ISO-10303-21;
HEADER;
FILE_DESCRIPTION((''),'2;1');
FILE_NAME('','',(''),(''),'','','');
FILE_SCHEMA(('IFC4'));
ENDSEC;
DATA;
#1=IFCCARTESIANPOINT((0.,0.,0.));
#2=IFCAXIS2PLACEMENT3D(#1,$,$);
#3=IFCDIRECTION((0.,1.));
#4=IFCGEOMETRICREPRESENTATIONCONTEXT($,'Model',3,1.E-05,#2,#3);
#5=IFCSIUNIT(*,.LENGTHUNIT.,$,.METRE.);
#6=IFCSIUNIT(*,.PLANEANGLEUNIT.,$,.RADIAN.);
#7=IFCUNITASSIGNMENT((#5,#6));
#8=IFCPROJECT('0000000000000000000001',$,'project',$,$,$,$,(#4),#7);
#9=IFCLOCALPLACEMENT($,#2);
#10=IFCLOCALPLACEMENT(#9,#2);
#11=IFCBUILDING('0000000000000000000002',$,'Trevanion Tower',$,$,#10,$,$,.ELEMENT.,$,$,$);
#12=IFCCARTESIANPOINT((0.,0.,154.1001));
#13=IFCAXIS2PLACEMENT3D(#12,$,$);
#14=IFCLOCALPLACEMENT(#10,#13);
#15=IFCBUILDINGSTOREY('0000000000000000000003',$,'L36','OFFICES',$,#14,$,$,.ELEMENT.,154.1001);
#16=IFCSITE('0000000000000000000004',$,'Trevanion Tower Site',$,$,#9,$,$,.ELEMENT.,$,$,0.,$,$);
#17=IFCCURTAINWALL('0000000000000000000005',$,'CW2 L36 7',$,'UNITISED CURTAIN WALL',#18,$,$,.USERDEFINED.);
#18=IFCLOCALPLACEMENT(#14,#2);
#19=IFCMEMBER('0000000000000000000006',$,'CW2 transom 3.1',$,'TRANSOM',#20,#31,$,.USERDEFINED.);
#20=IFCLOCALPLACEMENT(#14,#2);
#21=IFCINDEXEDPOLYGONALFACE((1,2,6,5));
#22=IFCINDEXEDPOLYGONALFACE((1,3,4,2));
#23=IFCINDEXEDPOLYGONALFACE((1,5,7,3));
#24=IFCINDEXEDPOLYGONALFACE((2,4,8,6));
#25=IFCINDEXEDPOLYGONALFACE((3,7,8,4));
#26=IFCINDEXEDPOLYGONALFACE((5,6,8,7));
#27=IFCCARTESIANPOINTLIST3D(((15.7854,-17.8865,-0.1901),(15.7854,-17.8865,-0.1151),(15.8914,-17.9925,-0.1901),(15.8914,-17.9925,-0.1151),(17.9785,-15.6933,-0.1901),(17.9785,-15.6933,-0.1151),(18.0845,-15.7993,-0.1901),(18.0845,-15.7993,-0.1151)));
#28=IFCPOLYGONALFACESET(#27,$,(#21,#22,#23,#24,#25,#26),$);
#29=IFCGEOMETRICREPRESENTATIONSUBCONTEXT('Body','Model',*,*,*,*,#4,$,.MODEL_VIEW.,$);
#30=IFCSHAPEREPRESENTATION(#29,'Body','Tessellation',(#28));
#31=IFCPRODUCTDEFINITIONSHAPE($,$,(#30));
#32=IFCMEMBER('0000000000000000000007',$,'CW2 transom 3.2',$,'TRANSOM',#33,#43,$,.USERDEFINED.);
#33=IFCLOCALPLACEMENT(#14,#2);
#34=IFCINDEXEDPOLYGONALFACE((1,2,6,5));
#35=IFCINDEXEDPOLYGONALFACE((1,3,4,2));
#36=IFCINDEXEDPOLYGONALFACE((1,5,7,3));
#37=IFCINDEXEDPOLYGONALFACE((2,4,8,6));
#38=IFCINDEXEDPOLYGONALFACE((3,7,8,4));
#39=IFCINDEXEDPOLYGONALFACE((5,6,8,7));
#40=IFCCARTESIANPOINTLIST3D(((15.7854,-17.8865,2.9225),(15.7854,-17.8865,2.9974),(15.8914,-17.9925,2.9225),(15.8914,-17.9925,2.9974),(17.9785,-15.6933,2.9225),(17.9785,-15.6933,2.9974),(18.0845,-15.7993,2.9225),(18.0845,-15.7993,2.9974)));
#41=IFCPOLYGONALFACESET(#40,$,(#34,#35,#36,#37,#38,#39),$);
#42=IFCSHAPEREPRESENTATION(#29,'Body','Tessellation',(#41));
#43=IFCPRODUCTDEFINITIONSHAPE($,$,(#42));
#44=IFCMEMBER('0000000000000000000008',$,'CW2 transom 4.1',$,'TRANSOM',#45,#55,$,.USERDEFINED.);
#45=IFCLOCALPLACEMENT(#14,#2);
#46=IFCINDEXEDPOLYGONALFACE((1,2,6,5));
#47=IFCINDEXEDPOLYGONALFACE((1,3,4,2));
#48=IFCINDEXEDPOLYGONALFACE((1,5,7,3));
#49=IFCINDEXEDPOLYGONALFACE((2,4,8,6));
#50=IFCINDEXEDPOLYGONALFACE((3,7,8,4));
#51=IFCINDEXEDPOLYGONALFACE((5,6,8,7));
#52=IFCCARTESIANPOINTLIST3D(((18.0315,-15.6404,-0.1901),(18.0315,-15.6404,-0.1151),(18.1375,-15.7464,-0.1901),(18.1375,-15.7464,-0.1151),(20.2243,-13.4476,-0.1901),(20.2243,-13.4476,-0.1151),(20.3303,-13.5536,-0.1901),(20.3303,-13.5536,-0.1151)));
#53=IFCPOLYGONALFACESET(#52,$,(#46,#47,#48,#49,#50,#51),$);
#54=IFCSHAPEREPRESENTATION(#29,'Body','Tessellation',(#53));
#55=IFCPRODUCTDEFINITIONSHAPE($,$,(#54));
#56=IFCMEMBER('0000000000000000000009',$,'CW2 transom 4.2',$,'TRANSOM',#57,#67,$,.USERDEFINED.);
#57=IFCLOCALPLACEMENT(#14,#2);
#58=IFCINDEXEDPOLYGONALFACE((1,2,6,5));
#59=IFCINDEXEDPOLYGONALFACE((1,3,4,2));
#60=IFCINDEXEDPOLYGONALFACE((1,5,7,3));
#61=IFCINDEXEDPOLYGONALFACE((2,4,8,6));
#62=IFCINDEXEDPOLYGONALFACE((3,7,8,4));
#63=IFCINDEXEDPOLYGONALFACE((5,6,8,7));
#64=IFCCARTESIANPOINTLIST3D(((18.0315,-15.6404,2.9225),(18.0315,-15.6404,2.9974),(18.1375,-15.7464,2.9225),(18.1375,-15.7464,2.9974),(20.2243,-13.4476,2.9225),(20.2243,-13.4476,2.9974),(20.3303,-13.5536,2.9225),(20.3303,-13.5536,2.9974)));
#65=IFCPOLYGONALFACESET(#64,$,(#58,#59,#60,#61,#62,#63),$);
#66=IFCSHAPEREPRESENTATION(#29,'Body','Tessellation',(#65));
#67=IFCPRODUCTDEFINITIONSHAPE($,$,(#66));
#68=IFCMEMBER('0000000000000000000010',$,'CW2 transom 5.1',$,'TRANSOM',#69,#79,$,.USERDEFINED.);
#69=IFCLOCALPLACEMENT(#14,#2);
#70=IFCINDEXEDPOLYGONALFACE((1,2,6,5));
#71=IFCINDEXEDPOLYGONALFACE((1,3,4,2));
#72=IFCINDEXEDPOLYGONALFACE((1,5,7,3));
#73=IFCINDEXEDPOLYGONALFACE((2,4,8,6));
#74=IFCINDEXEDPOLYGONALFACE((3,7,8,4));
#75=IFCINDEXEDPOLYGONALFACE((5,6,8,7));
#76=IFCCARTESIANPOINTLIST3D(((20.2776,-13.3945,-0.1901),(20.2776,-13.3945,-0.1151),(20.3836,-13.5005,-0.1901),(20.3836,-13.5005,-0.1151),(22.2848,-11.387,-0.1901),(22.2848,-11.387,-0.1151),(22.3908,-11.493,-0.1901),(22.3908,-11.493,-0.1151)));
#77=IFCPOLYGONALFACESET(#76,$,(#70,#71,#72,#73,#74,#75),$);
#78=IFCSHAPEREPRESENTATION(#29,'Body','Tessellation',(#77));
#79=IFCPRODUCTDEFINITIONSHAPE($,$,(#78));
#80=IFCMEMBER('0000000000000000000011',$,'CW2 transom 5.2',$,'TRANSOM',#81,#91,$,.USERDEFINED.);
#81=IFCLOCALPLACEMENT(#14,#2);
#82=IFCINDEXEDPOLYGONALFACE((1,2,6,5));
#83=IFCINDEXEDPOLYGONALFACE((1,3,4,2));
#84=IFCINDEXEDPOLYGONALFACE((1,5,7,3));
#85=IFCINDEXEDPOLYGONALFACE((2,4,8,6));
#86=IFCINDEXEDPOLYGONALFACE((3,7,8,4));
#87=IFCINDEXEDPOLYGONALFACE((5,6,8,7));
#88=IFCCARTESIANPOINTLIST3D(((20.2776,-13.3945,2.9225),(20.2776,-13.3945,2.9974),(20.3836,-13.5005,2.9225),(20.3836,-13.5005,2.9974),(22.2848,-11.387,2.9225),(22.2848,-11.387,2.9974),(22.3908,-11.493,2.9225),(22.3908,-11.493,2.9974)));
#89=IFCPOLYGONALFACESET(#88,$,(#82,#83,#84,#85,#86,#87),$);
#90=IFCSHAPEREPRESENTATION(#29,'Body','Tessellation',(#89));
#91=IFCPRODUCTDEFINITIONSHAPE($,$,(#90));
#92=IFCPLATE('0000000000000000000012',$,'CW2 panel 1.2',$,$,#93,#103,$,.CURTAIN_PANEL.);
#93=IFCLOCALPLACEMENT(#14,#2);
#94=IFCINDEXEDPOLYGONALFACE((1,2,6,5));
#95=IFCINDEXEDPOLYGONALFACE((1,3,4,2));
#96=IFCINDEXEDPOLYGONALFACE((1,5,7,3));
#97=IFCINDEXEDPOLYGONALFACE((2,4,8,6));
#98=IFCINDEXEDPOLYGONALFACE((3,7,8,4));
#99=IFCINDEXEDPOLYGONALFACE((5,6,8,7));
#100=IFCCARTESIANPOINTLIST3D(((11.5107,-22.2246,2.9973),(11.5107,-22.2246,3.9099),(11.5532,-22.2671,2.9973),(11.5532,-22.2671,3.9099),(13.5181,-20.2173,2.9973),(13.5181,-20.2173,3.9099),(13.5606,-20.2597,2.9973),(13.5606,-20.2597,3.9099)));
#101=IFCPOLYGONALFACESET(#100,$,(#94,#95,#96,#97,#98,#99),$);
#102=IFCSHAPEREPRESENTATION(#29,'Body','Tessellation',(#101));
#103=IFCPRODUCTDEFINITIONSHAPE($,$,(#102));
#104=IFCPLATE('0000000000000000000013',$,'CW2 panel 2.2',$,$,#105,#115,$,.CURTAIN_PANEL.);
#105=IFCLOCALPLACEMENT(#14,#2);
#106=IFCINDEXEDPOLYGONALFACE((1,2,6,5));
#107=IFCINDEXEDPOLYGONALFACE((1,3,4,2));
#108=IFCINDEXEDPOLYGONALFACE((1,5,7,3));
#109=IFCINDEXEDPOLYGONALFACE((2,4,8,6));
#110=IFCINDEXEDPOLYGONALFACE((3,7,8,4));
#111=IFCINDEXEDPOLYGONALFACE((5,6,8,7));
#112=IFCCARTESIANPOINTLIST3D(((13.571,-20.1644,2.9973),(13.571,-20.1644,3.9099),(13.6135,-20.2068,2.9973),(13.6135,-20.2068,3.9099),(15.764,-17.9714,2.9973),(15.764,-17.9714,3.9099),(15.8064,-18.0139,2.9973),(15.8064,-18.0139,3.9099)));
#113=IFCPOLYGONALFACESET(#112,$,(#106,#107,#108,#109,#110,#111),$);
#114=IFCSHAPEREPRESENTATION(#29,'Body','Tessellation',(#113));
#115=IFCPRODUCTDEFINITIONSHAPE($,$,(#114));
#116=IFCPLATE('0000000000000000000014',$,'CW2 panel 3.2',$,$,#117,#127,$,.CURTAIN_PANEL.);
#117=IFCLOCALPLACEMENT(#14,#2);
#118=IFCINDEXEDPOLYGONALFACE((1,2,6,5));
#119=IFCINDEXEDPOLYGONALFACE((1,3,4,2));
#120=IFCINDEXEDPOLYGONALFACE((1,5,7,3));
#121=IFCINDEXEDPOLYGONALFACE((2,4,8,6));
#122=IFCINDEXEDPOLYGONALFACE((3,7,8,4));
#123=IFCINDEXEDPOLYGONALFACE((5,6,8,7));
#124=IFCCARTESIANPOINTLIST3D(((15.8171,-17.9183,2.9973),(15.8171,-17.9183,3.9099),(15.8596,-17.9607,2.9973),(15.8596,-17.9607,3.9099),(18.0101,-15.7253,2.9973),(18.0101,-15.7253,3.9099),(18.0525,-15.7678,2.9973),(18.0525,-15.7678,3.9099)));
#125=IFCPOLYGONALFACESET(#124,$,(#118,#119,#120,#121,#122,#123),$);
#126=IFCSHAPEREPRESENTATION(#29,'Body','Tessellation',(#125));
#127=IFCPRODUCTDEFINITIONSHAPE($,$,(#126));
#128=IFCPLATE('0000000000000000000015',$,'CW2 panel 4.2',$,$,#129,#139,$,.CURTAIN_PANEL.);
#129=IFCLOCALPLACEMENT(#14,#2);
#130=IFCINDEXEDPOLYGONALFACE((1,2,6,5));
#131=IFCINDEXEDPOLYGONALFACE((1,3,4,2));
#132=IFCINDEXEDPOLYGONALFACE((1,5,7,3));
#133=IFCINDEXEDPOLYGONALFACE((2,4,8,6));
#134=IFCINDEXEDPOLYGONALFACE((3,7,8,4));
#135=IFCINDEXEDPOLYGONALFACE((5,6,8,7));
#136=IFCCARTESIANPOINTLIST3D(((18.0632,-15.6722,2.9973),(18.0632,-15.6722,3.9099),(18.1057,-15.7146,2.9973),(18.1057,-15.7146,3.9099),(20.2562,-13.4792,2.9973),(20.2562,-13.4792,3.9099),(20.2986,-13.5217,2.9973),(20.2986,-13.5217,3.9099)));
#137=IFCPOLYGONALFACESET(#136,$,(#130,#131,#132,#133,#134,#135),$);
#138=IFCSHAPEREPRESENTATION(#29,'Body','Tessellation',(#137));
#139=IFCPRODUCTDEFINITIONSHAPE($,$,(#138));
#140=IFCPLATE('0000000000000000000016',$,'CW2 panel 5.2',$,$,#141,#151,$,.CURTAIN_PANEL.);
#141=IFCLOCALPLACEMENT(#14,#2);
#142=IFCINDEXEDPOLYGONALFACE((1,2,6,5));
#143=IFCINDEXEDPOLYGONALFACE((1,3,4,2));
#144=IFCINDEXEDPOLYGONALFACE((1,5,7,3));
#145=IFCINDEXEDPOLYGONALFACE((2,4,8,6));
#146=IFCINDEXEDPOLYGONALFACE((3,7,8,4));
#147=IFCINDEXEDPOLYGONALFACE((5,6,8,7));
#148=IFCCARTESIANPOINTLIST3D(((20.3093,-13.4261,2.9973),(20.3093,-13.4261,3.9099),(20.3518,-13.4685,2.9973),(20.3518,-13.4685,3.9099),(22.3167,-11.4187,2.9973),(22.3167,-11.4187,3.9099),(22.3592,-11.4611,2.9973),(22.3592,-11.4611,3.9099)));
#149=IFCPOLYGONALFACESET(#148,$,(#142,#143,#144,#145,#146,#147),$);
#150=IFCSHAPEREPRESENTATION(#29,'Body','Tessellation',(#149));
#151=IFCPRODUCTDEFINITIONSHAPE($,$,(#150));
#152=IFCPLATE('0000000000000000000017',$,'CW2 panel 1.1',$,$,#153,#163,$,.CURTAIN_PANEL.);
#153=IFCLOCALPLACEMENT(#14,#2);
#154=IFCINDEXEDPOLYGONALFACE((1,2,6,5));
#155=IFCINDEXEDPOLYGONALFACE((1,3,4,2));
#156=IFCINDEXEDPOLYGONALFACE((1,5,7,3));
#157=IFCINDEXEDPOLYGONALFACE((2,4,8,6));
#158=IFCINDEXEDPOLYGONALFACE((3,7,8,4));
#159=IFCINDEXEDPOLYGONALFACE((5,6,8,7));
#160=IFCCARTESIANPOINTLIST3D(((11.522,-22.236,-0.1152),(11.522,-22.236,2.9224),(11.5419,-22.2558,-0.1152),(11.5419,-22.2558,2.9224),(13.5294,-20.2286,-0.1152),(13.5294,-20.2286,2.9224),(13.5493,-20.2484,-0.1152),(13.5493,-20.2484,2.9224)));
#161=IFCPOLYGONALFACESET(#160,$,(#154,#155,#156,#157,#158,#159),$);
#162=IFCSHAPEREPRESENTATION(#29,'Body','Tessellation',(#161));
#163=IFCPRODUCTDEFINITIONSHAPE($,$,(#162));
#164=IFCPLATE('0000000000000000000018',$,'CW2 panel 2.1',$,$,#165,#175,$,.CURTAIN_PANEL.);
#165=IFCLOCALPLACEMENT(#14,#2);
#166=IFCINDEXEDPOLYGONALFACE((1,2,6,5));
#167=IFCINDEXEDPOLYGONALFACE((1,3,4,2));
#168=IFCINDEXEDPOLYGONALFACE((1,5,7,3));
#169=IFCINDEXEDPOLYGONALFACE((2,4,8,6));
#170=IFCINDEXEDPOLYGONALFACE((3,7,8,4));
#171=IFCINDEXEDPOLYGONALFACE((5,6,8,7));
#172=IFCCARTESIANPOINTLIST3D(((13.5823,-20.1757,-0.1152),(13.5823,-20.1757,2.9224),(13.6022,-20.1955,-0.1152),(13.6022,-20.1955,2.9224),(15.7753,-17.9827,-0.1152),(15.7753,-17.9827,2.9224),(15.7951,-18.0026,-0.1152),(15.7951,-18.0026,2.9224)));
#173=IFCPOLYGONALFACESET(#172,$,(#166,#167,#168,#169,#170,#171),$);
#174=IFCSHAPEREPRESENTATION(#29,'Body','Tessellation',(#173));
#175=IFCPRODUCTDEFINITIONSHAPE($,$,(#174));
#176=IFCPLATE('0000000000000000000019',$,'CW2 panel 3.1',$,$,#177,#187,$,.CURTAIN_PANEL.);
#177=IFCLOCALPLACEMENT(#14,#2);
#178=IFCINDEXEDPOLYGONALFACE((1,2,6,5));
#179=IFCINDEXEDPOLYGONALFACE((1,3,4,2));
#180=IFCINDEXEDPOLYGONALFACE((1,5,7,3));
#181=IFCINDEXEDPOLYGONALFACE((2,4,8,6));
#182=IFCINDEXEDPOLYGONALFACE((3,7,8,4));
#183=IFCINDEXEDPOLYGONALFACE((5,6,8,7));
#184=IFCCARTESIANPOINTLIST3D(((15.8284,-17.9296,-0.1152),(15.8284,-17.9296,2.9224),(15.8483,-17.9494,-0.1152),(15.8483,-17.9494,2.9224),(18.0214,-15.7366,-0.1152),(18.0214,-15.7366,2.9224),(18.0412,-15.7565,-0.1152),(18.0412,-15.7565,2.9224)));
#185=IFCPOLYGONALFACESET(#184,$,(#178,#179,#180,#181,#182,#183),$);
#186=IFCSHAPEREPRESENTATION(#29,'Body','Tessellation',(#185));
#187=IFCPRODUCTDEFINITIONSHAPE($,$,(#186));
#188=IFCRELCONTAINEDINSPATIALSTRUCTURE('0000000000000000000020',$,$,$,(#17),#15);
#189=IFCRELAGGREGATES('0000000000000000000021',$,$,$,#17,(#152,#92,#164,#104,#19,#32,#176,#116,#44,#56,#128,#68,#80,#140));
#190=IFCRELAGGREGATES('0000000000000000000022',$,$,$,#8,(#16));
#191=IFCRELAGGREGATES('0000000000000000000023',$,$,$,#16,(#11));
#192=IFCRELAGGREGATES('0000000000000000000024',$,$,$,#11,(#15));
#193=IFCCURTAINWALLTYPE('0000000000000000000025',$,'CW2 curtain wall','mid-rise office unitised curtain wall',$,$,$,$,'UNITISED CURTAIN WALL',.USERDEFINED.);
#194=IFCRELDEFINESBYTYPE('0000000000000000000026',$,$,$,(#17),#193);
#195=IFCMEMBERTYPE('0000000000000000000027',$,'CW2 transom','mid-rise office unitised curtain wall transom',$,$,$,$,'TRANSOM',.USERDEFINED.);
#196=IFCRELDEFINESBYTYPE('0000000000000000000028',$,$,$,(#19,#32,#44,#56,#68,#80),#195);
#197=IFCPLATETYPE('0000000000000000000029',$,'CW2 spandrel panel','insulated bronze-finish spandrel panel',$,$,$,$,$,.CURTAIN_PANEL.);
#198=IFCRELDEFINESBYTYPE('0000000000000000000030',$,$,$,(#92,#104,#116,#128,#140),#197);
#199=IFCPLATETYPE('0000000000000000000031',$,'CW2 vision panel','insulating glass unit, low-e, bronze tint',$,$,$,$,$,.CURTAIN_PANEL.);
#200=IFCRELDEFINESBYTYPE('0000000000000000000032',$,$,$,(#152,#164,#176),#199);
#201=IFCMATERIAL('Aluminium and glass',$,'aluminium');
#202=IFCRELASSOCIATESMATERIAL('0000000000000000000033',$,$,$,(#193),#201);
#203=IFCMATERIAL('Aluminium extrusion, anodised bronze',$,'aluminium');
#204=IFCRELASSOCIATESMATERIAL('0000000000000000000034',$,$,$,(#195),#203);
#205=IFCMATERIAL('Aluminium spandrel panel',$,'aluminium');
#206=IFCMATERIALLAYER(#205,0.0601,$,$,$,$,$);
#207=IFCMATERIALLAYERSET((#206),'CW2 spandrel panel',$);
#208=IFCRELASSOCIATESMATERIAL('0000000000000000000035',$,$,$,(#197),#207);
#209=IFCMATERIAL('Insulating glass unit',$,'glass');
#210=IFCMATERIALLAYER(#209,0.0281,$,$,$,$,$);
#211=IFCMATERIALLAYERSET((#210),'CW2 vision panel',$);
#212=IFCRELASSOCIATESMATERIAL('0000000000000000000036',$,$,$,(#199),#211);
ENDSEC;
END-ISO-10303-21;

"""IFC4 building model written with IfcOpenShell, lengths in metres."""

from ifc_helpers import new_model, si_unit, direction, frame, origin, origin_2d, place, context, subcontext, project, spatial, rectangle, extrude, material, layer, layer_set, material_profile, profile_set, type_object, element, aggregate, save


model = new_model("IFC4")

# Units and contexts
model_context = context("Model", 3, precision=1e-05, world=origin(), true_north=direction((0.0, 1.0)))
body_context = subcontext(model_context, "Body", "Model", "MODEL_VIEW")
ifc_project = project(units=[si_unit("LENGTHUNIT", "METRE"), si_unit("PLANEANGLEUNIT", "RADIAN")], contexts=[model_context])

# Site, building, storey
site_placement = place(None, origin())
site = spatial("IfcSite", under=ifc_project, at=site_placement, Name="Trevanion Tower Site", CompositionType="ELEMENT", RefElevation=0.0)
building_placement = place(site_placement, origin())
building = spatial("IfcBuilding", under=site, at=building_placement, Name="Trevanion Tower", CompositionType="ELEMENT")
storey_placement = place(building_placement, frame((0.0, 0.0, 154.1001)))
storey = spatial("IfcBuildingStorey", under=building, at=storey_placement, Name="L36", Description="OFFICES", CompositionType="ELEMENT", Elevation=154.1001)

# Curtain wall
ifc_material_1 = material(Name="Aluminium and glass", Category="aluminium")
curtain_wall_type = type_object("IfcCurtainWallType", Name="CW2 curtain wall", Description="mid-rise office unitised curtain wall", ElementType="UNITISED CURTAIN WALL", PredefinedType="USERDEFINED", material=ifc_material_1)
curtain_wall_1_placement = place(storey_placement, origin())
curtain_wall_1 = element("IfcCurtainWall", 1, at=curtain_wall_1_placement, inside=storey, type_object=curtain_wall_type, Name="CW2 L36 7", ObjectType="UNITISED CURTAIN WALL", PredefinedType="USERDEFINED")

# Members
ifc_material_2 = material(Name="Aluminium extrusion, anodised bronze", Category="aluminium")
ifc_material_profile_1 = material_profile(ifc_material_2, rectangle(XDim=0.1499, YDim=0.075, at=origin_2d()), Name="CW2 transom")
ifc_profile_set_1 = profile_set([ifc_material_profile_1], Name="Aluminium extrusion, anodised bronze")
member_type_1 = type_object("IfcMemberType", Name="CW2 transom", Description="mid-rise office unitised curtain wall transom", ElementType="TRANSOM", PredefinedType="USERDEFINED", material=ifc_profile_set_1)
member_1_placement = place(storey_placement, frame((15.8384, -17.9395, -0.1526), z_axis=(0.707107, 0.707107, 0.0), x_axis=(-0.707107, 0.707107, 0.0)))
member_1 = element("IfcMember", 2, at=member_1_placement, type_object=member_type_1, Name="CW2 transom 3.1", ObjectType="TRANSOM", PredefinedType="USERDEFINED", context=body_context, shape_type="SweptSolid", body=[
    extrude(rectangle(XDim=0.1499, YDim=0.075, at=origin_2d()), origin(), (0.0, 0.0, 1.0), 3.1016),
])
member_2_placement = place(storey_placement, frame((15.8384, -17.9395, 2.96), z_axis=(0.707107, 0.707107, 0.0), x_axis=(-0.707107, 0.707107, 0.0)))
member_2 = element("IfcMember", 3, at=member_2_placement, type_object=member_type_1, Name="CW2 transom 3.2", ObjectType="TRANSOM", PredefinedType="USERDEFINED", context=body_context, shape_type="SweptSolid", body=[
    extrude(rectangle(XDim=0.1499, YDim=0.075, at=origin_2d()), origin(), (0.0, 0.0, 1.0), 3.1016),
])
member_3_placement = place(storey_placement, frame((18.0845, -15.6934, -0.1526), z_axis=(0.707107, 0.707107, 0.0), x_axis=(-0.707107, 0.707107, 0.0)))
member_3 = element("IfcMember", 4, at=member_3_placement, type_object=member_type_1, Name="CW2 transom 4.1", ObjectType="TRANSOM", PredefinedType="USERDEFINED", context=body_context, shape_type="SweptSolid", body=[
    extrude(rectangle(XDim=0.1499, YDim=0.075, at=origin_2d()), origin(), (0.0, 0.0, 1.0), 3.1011),
])
member_4_placement = place(storey_placement, frame((18.0845, -15.6934, 2.96), z_axis=(0.707107, 0.707107, 0.0), x_axis=(-0.707107, 0.707107, 0.0)))
member_4 = element("IfcMember", 5, at=member_4_placement, type_object=member_type_1, Name="CW2 transom 4.2", ObjectType="TRANSOM", PredefinedType="USERDEFINED", context=body_context, shape_type="SweptSolid", body=[
    extrude(rectangle(XDim=0.1499, YDim=0.075, at=origin_2d()), origin(), (0.0, 0.0, 1.0), 3.1011),
])
member_5_placement = place(storey_placement, frame((20.3306, -13.4475, -0.1526), z_axis=(0.707064, 0.70715, 0.0), x_axis=(-0.70715, 0.707064, 0.0)))
member_5 = element("IfcMember", 6, at=member_5_placement, type_object=member_type_1, Name="CW2 transom 5.1", ObjectType="TRANSOM", PredefinedType="USERDEFINED", context=body_context, shape_type="SweptSolid", body=[
    extrude(rectangle(XDim=0.1499, YDim=0.075, at=origin_2d()), origin(), (0.0, 0.0, 1.0), 2.8389),
])
member_6_placement = place(storey_placement, frame((20.3306, -13.4475, 2.96), z_axis=(0.707064, 0.70715, 0.0), x_axis=(-0.70715, 0.707064, 0.0)))
member_6 = element("IfcMember", 7, at=member_6_placement, type_object=member_type_1, Name="CW2 transom 5.2", ObjectType="TRANSOM", PredefinedType="USERDEFINED", context=body_context, shape_type="SweptSolid", body=[
    extrude(rectangle(XDim=0.1499, YDim=0.075, at=origin_2d()), origin(), (0.0, 0.0, 1.0), 2.8389),
])

# Plates
ifc_material_3 = material(Name="Aluminium spandrel panel", Category="aluminium")
ifc_layer_1 = layer(ifc_material_3, 0.0601)
ifc_layer_set_1 = layer_set([ifc_layer_1], Name="CW2 spandrel panel")
plate_type_1 = type_object("IfcPlateType", Name="CW2 spandrel panel", Description="insulated bronze-finish spandrel panel", PredefinedType="CURTAIN_PANEL", material=ifc_layer_set_1)
plate_1_placement = place(storey_placement, frame((12.5356, -21.2422, 2.9973), z_axis=(0.0, 0.0, 1.0), x_axis=(0.707107, 0.707107, 0.0)))
plate_1 = element("IfcPlate", 8, at=plate_1_placement, type_object=plate_type_1, Name="CW2 panel 1.2", PredefinedType="CURTAIN_PANEL", context=body_context, shape_type="SweptSolid", body=[
    extrude(rectangle(XDim=2.8389, YDim=0.0601, at=origin_2d()), origin(), (0.0, 0.0, 1.0), 0.9126),
])
plate_2_placement = place(storey_placement, frame((14.6887, -19.0891, 2.9973), z_axis=(0.0, 0.0, 1.0), x_axis=(0.707107, 0.707107, 0.0)))
plate_2 = element("IfcPlate", 9, at=plate_2_placement, type_object=plate_type_1, Name="CW2 panel 2.2", PredefinedType="CURTAIN_PANEL", context=body_context, shape_type="SweptSolid", body=[
    extrude(rectangle(XDim=3.1013, YDim=0.0601, at=origin_2d()), origin(), (0.0, 0.0, 1.0), 0.9126),
])
plate_3_placement = place(storey_placement, frame((16.9348, -16.843, 2.9973), z_axis=(0.0, 0.0, 1.0), x_axis=(0.707107, 0.707107, 0.0)))
plate_3 = element("IfcPlate", 10, at=plate_3_placement, type_object=plate_type_1, Name="CW2 panel 3.2", PredefinedType="CURTAIN_PANEL", context=body_context, shape_type="SweptSolid", body=[
    extrude(rectangle(XDim=3.1013, YDim=0.0601, at=origin_2d()), origin(), (0.0, 0.0, 1.0), 0.9126),
])
plate_4_placement = place(storey_placement, frame((19.1809, -14.5969, 2.9973), z_axis=(0.0, 0.0, 1.0), x_axis=(0.707107, 0.707107, 0.0)))
plate_4 = element("IfcPlate", 11, at=plate_4_placement, type_object=plate_type_1, Name="CW2 panel 4.2", PredefinedType="CURTAIN_PANEL", context=body_context, shape_type="SweptSolid", body=[
    extrude(rectangle(XDim=3.1013, YDim=0.0601, at=origin_2d()), origin(), (0.0, 0.0, 1.0), 0.9126),
])
plate_5_placement = place(storey_placement, frame((21.3342, -12.4436, 2.9973), z_axis=(0.0, 0.0, 1.0), x_axis=(0.707107, 0.707107, 0.0)))
plate_5 = element("IfcPlate", 12, at=plate_5_placement, type_object=plate_type_1, Name="CW2 panel 5.2", PredefinedType="CURTAIN_PANEL", context=body_context, shape_type="SweptSolid", body=[
    extrude(rectangle(XDim=2.8389, YDim=0.0601, at=origin_2d()), origin(), (0.0, 0.0, 1.0), 0.9126),
])
ifc_material_4 = material(Name="Insulating glass unit", Category="glass")
ifc_layer_2 = layer(ifc_material_4, 0.0281)
ifc_layer_set_2 = layer_set([ifc_layer_2], Name="CW2 vision panel")
plate_type_2 = type_object("IfcPlateType", Name="CW2 vision panel", Description="insulating glass unit, low-e, bronze tint", PredefinedType="CURTAIN_PANEL", material=ifc_layer_set_2)
plate_6_placement = place(storey_placement, frame((12.5356, -21.2422, -0.1152), z_axis=(0.0, 0.0, 1.0), x_axis=(0.707107, 0.707107, 0.0)))
plate_6 = element("IfcPlate", 13, at=plate_6_placement, type_object=plate_type_2, Name="CW2 panel 1.1", PredefinedType="CURTAIN_PANEL", context=body_context, shape_type="SweptSolid", body=[
    extrude(rectangle(XDim=2.8389, YDim=0.0281, at=origin_2d()), origin(), (0.0, 0.0, 1.0), 3.0376),
])
plate_7_placement = place(storey_placement, frame((14.6887, -19.0891, -0.1152), z_axis=(0.0, 0.0, 1.0), x_axis=(0.707107, 0.707107, 0.0)))
plate_7 = element("IfcPlate", 14, at=plate_7_placement, type_object=plate_type_2, Name="CW2 panel 2.1", PredefinedType="CURTAIN_PANEL", context=body_context, shape_type="SweptSolid", body=[
    extrude(rectangle(XDim=3.1013, YDim=0.0281, at=origin_2d()), origin(), (0.0, 0.0, 1.0), 3.0376),
])
plate_8_placement = place(storey_placement, frame((16.9348, -16.843, -0.1152), z_axis=(0.0, 0.0, 1.0), x_axis=(0.707107, 0.707107, 0.0)))
plate_8 = element("IfcPlate", 15, at=plate_8_placement, type_object=plate_type_2, Name="CW2 panel 3.1", PredefinedType="CURTAIN_PANEL", context=body_context, shape_type="SweptSolid", body=[
    extrude(rectangle(XDim=3.1013, YDim=0.0281, at=origin_2d()), origin(), (0.0, 0.0, 1.0), 3.0376),
])
aggregate(curtain_wall_1, [plate_6, plate_1, plate_7, plate_2, member_1, member_2, plate_8, plate_3, member_3, member_4, plate_4, member_5, member_6, plate_5])

save(model, "model.ifc")
